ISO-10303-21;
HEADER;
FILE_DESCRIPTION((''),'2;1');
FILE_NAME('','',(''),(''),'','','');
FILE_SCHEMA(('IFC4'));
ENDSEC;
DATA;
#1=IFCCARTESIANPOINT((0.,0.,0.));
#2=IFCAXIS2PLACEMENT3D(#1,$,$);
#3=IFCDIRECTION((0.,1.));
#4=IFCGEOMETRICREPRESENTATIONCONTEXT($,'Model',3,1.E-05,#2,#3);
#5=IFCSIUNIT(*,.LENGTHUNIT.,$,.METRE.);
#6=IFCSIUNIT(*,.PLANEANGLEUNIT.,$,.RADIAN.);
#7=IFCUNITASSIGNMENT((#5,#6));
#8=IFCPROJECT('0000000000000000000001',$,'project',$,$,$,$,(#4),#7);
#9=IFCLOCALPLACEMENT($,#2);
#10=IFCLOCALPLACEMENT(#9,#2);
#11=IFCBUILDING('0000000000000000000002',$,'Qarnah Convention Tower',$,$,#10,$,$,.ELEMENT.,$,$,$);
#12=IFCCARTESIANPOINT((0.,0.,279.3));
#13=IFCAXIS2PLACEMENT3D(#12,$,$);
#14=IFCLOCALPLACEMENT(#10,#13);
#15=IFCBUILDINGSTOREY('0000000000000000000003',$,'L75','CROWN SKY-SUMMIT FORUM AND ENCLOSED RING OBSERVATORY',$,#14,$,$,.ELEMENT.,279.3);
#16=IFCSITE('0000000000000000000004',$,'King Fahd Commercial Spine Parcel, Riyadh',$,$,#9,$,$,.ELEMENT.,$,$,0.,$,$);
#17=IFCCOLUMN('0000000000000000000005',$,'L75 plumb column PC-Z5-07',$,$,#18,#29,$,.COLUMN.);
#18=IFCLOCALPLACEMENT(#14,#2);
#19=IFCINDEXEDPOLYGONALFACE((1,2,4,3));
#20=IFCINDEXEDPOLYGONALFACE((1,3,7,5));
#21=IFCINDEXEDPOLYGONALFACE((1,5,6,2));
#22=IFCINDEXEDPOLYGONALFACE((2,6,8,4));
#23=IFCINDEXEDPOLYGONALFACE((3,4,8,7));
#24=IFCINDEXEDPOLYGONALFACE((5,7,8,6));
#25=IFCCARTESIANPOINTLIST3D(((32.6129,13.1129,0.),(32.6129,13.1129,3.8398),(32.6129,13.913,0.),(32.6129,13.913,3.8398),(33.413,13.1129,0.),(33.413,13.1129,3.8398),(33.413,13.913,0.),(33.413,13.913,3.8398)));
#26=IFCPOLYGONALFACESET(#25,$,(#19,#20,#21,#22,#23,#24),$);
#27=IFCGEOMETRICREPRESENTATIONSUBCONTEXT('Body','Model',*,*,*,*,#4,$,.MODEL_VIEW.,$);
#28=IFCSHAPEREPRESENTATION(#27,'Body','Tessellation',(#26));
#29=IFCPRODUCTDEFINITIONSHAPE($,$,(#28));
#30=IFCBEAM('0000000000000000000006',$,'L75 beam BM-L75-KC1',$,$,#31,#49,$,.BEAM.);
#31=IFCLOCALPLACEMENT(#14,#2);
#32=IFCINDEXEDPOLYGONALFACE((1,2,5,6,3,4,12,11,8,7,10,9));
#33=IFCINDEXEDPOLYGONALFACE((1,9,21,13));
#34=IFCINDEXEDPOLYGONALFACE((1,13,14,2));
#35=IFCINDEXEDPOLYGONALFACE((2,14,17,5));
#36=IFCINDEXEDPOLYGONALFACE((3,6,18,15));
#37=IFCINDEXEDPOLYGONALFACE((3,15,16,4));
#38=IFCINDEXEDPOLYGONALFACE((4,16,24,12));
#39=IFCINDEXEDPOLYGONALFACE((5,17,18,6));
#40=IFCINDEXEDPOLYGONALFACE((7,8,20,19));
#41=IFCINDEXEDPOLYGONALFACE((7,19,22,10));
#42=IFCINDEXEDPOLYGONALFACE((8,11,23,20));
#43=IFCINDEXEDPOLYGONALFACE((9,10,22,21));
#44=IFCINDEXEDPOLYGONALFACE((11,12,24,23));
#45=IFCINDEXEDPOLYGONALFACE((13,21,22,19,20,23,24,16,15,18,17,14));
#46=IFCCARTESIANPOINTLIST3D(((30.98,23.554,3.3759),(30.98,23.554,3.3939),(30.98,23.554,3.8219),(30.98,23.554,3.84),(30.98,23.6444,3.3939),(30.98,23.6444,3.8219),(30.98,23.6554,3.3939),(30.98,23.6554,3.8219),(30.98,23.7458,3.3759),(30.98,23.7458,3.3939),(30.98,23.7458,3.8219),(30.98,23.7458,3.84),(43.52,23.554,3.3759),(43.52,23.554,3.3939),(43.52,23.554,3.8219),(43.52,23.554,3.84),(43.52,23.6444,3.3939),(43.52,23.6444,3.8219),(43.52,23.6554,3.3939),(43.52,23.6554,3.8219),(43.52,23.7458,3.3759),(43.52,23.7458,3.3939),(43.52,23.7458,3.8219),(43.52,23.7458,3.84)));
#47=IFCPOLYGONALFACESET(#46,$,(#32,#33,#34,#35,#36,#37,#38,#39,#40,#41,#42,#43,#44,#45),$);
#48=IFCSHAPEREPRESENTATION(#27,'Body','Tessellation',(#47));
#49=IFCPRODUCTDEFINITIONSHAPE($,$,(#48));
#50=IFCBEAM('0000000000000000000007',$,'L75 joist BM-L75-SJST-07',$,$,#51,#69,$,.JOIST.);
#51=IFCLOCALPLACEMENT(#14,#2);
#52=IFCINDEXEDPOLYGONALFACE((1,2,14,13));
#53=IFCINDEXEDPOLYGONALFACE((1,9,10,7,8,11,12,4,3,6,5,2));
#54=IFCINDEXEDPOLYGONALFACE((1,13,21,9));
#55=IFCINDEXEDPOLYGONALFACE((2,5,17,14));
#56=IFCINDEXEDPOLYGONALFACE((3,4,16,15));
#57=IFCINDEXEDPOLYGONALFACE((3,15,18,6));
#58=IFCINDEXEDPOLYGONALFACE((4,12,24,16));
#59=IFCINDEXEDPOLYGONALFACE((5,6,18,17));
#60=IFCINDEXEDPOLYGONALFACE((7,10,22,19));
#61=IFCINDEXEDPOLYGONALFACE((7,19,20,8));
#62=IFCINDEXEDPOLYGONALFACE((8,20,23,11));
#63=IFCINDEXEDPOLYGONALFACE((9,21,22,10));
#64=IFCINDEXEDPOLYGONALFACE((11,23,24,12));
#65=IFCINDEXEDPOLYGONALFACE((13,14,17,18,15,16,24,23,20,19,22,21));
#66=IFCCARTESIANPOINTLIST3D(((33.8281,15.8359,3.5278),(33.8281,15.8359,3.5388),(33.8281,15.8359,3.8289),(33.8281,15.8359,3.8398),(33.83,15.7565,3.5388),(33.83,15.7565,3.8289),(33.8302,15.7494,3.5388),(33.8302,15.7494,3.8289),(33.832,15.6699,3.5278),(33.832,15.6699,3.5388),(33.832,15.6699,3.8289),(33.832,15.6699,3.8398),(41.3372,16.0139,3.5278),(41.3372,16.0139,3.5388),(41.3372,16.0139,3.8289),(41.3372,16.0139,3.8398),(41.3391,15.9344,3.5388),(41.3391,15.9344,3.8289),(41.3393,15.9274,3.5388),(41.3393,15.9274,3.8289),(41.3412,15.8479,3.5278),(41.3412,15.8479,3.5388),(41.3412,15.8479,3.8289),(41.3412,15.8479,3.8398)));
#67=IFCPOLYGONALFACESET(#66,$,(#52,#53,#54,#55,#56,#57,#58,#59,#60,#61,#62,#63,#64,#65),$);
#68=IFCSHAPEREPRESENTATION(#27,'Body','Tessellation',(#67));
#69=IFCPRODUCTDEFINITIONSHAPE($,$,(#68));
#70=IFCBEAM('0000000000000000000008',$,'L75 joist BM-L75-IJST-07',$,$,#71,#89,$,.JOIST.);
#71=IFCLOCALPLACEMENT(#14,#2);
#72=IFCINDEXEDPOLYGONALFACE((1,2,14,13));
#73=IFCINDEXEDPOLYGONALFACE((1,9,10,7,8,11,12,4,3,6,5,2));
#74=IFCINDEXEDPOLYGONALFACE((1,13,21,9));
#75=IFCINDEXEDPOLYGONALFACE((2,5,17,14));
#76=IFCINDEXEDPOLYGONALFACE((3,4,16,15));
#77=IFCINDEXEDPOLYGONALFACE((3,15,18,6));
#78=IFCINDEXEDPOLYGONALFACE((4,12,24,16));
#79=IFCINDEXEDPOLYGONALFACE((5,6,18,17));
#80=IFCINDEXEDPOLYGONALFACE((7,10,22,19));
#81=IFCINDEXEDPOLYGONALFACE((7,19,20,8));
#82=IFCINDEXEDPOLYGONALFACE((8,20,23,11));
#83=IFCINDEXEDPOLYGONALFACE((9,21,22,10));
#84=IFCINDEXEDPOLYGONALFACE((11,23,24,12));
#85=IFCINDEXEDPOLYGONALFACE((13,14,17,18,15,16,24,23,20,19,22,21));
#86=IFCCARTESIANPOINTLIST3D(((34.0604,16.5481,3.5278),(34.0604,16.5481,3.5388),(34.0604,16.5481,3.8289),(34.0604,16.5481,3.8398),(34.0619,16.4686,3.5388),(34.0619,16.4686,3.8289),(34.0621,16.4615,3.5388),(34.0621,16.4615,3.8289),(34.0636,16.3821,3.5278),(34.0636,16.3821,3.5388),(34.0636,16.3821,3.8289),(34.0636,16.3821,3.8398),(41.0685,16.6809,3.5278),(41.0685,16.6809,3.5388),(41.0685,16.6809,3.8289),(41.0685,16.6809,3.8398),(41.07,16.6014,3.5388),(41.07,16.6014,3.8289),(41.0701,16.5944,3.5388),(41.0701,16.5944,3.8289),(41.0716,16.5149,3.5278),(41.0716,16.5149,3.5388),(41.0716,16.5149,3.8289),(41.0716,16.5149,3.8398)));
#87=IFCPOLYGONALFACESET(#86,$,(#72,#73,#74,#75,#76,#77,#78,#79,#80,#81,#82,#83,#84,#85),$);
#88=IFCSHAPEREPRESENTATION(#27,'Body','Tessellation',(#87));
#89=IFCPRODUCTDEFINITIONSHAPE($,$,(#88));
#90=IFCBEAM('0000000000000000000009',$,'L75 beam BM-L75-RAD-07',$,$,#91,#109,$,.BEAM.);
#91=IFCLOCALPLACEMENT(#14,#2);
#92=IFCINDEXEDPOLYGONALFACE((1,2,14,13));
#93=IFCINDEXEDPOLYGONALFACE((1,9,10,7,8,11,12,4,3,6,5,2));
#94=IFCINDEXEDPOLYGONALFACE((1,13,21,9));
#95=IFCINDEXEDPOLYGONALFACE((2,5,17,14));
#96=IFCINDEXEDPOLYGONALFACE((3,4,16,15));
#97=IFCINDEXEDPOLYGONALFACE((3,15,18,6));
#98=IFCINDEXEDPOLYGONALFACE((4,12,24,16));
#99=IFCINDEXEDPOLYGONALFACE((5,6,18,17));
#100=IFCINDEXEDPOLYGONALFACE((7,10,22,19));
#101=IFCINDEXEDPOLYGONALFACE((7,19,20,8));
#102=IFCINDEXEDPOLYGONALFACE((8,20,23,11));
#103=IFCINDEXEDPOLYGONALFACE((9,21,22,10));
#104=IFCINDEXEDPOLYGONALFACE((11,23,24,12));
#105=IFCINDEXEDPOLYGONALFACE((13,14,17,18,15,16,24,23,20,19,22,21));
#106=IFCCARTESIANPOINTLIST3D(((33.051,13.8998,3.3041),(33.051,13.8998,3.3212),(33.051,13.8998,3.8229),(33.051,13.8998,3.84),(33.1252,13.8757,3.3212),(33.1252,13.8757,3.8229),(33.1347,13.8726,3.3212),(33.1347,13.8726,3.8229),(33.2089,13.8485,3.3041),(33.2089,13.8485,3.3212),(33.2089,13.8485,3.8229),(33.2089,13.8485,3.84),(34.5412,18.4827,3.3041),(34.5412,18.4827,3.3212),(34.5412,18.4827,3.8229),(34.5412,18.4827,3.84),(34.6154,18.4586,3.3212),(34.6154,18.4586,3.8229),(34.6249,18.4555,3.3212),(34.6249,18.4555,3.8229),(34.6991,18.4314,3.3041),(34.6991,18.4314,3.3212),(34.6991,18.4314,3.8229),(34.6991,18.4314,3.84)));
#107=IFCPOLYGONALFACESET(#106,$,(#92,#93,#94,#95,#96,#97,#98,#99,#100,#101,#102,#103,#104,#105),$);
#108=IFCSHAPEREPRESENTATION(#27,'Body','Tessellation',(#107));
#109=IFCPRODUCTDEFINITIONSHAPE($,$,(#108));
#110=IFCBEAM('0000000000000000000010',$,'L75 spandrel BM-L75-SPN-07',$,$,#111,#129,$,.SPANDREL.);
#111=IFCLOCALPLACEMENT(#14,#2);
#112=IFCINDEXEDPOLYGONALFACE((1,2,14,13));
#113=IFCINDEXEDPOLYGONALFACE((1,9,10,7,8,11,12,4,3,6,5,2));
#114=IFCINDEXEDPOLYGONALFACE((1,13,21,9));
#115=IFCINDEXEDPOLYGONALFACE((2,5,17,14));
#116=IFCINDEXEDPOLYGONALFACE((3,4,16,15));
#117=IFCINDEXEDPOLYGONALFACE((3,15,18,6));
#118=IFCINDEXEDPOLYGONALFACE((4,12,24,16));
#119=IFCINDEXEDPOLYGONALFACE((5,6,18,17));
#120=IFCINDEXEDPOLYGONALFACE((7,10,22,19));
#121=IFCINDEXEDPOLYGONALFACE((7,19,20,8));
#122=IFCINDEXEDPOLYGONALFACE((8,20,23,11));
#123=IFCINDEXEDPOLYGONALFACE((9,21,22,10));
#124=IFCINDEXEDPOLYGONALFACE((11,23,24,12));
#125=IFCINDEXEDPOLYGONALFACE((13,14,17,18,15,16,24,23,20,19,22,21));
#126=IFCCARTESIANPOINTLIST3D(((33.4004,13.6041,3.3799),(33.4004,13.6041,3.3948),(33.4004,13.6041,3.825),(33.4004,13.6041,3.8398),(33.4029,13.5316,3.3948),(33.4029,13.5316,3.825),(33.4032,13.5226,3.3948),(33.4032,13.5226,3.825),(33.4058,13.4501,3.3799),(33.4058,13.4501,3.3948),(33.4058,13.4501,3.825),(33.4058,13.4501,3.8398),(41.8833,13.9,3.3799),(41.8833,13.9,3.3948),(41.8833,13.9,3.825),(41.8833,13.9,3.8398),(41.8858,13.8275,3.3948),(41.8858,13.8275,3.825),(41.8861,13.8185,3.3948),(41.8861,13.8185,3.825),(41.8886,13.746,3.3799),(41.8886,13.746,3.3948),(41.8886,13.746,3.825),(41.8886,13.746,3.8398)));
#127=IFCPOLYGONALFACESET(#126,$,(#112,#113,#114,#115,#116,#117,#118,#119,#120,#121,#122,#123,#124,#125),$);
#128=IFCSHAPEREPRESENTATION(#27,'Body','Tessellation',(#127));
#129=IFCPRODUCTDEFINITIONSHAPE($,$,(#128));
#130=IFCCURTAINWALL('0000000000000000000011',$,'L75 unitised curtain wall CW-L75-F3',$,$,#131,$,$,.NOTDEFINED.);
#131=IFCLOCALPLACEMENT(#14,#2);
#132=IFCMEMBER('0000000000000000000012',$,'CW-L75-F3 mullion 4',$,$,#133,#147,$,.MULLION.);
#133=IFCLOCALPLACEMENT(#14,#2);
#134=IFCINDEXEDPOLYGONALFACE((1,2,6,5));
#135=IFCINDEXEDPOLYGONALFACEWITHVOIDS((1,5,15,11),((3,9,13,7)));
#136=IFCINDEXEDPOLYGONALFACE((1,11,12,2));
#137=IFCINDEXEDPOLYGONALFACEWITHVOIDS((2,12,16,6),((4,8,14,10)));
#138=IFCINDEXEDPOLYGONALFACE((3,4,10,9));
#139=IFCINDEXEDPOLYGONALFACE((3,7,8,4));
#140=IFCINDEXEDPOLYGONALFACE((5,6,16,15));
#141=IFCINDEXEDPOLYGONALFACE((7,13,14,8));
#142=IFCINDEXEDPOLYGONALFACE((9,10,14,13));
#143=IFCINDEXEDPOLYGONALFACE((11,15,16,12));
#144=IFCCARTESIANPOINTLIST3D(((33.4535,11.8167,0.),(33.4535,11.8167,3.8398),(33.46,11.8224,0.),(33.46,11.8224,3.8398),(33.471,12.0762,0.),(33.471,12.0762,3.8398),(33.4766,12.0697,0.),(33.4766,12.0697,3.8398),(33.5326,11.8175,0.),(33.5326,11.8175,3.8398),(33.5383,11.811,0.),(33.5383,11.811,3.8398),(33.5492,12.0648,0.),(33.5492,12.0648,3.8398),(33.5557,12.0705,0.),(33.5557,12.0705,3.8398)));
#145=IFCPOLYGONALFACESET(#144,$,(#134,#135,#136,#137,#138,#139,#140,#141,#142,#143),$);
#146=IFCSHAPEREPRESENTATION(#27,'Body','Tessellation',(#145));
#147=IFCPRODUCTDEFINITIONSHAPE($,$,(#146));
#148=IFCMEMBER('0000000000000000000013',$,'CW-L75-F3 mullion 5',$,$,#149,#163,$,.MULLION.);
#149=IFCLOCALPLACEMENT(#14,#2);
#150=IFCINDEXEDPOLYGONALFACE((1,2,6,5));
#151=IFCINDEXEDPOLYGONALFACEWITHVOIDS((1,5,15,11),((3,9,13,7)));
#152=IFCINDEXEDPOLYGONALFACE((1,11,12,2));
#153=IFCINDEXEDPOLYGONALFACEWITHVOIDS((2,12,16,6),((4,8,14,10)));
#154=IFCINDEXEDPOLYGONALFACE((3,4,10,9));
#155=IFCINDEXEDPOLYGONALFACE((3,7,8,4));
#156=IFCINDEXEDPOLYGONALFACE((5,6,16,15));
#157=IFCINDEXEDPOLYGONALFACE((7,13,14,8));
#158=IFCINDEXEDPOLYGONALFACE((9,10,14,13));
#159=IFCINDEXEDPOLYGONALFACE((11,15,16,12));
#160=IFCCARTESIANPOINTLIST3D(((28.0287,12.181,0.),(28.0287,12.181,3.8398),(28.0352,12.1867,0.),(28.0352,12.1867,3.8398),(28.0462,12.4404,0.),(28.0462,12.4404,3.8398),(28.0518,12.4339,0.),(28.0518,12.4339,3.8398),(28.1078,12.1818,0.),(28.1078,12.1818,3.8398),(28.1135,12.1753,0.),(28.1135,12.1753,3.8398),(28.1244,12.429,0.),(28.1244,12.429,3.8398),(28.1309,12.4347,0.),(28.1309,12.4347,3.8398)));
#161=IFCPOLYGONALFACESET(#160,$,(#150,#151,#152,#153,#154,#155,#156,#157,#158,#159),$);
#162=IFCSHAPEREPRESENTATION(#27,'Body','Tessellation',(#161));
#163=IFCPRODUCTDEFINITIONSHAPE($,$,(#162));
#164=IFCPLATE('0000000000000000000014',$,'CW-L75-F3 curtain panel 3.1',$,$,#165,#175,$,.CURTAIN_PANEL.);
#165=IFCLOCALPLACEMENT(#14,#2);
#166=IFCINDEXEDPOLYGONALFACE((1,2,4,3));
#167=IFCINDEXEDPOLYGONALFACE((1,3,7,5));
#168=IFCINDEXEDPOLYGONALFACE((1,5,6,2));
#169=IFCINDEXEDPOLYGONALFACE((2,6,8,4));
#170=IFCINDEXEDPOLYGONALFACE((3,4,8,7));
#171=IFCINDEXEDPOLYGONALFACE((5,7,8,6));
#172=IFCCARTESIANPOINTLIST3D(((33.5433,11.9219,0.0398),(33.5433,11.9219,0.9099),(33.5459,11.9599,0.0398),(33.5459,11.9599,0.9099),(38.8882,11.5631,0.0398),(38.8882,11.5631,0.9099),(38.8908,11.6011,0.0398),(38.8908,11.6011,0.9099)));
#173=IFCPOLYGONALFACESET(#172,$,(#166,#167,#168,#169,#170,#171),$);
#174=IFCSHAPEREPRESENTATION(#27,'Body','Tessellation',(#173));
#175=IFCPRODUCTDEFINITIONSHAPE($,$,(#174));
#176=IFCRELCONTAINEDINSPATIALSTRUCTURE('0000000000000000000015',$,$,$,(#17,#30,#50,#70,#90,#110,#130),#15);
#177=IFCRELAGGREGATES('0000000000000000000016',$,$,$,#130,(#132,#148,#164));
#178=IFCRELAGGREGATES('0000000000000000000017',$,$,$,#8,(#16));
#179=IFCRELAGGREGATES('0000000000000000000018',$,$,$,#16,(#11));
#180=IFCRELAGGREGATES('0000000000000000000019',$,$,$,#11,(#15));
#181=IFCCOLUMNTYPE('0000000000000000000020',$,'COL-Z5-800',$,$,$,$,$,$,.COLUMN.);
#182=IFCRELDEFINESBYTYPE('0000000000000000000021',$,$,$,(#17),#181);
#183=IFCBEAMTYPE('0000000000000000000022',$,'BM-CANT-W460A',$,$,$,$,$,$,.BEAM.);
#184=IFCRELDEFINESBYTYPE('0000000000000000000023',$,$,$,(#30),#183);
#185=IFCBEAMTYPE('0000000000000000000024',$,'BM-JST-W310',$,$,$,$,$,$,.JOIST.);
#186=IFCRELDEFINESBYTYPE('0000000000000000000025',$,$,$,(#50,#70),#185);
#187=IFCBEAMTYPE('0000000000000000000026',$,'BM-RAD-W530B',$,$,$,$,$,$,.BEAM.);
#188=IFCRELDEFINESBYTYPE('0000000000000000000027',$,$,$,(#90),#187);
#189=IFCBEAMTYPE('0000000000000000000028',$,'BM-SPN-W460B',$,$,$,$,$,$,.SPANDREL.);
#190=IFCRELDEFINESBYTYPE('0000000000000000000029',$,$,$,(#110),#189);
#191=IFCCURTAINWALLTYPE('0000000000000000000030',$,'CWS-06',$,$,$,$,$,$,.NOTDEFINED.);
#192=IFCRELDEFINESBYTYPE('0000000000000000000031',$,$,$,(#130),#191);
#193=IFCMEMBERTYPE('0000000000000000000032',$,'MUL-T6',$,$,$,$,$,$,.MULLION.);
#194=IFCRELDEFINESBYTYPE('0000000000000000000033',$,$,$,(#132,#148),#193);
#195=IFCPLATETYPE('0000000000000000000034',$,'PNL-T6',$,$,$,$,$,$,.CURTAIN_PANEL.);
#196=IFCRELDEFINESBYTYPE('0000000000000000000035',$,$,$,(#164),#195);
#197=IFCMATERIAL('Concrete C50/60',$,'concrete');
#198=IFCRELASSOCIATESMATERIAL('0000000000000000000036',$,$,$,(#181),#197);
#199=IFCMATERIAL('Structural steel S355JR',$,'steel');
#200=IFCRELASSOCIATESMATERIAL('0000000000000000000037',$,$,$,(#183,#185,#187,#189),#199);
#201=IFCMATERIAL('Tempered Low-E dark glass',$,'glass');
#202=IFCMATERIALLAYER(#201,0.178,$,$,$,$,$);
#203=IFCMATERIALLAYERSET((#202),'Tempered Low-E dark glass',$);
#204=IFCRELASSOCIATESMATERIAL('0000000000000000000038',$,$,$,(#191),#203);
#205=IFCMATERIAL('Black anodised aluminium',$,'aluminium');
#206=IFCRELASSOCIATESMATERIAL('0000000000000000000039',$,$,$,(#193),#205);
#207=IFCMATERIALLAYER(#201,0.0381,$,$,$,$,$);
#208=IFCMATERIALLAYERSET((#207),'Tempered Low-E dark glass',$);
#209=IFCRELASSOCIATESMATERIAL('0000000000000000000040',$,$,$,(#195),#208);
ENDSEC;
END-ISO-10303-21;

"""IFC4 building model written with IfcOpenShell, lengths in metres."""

from ifc_helpers import new_model, si_unit, direction, frame, origin, origin_2d, place, context, subcontext, project, spatial, rectangle, hollow_rectangle, i_section, extrude, material, layer, layer_set, material_profile, profile_set, type_object, element, aggregate, save


model = new_model("IFC4")

# Units and contexts
model_context = context("Model", 3, precision=1e-05, world=origin(), true_north=direction((0.0, 1.0)))
body_context = subcontext(model_context, "Body", "Model", "MODEL_VIEW")
ifc_project = project(units=[si_unit("LENGTHUNIT", "METRE"), si_unit("PLANEANGLEUNIT", "RADIAN")], contexts=[model_context])

# Site, building, storey
site_placement = place(None, origin())
site = spatial("IfcSite", under=ifc_project, at=site_placement, Name="King Fahd Commercial Spine Parcel, Riyadh", CompositionType="ELEMENT", RefElevation=0.0)
building_placement = place(site_placement, origin())
building = spatial("IfcBuilding", under=site, at=building_placement, Name="Qarnah Convention Tower", CompositionType="ELEMENT")
storey_placement = place(building_placement, frame((0.0, 0.0, 279.3)))
storey = spatial("IfcBuildingStorey", under=building, at=storey_placement, Name="L75", Description="CROWN SKY-SUMMIT FORUM AND ENCLOSED RING OBSERVATORY", CompositionType="ELEMENT", Elevation=279.3)

# Column
ifc_material_1 = material(Name="Concrete C50/60", Category="concrete")
ifc_material_profile_1 = material_profile(ifc_material_1, rectangle(XDim=0.8, YDim=0.8, at=origin_2d()), Name="RC-COL-800X800")
ifc_profile_set_1 = profile_set([ifc_material_profile_1], Name="Concrete C50/60")
column_type = type_object("IfcColumnType", Name="COL-Z5-800", PredefinedType="COLUMN", material=ifc_profile_set_1)
column_placement = place(storey_placement, frame((33.0129, 13.5129, 0.0), z_axis=(0.0, 0.0, 1.0), x_axis=(1.0, 0.0, 0.0)))
element("IfcColumn", 1, at=column_placement, inside=storey, type_object=column_type, Name="L75 plumb column PC-Z5-07", PredefinedType="COLUMN", context=body_context, shape_type="SweptSolid", body=[
    extrude(rectangle(XDim=0.8, YDim=0.8, at=origin_2d()), origin(), (0.0, 0.0, 1.0), 3.8398),
])

# Beams
ifc_material_2 = material(Name="Structural steel S355JR", Category="steel")
ifc_material_profile_2 = material_profile(ifc_material_2, i_section(OverallWidth=0.1919, OverallDepth=0.4641, WebThickness=0.011, FlangeThickness=0.0181, at=origin_2d()), Name="W460X89")
ifc_profile_set_2 = profile_set([ifc_material_profile_2], Name="Structural steel S355JR")
beam_type_1 = type_object("IfcBeamType", Name="BM-CANT-W460A", PredefinedType="BEAM", material=ifc_profile_set_2)
beam_1_placement = place(storey_placement, frame((30.98, 23.6499, 3.6079), z_axis=(1.0, 0.0, 0.0), x_axis=(0.0, 1.0, 0.0)))
element("IfcBeam", 2, at=beam_1_placement, inside=storey, type_object=beam_type_1, Name="L75 beam BM-L75-KC1", PredefinedType="BEAM", context=body_context, shape_type="SweptSolid", body=[
    extrude(i_section(OverallWidth=0.1919, OverallDepth=0.4641, WebThickness=0.011, FlangeThickness=0.0181, at=origin_2d()), origin(), (0.0, 0.0, 1.0), 12.54),
])
ifc_material_profile_3 = material_profile(ifc_material_2, i_section(OverallWidth=0.166, OverallDepth=0.312, WebThickness=0.0071, FlangeThickness=0.011, at=origin_2d()), Name="W310X45")
ifc_profile_set_3 = profile_set([ifc_material_profile_3], Name="Structural steel S355JR")
beam_type_2 = type_object("IfcBeamType", Name="BM-JST-W310", PredefinedType="JOIST", material=ifc_profile_set_3)
beam_2_placement = place(storey_placement, frame((33.8301, 15.7529, 3.6838), z_axis=(0.999719, 0.023695, 0.0), x_axis=(-0.023695, 0.999719, 0.0)))
element("IfcBeam", 3, at=beam_2_placement, inside=storey, type_object=beam_type_2, Name="L75 joist BM-L75-SJST-07", PredefinedType="JOIST", context=body_context, shape_type="SweptSolid", body=[
    extrude(i_section(OverallWidth=0.166, OverallDepth=0.312, WebThickness=0.0071, FlangeThickness=0.011, at=origin_2d()), origin(), (0.0, 0.0, 1.0), 7.5112),
])
beam_3_placement = place(storey_placement, frame((34.062, 16.4651, 3.6838), z_axis=(0.99982, 0.018948, 0.0), x_axis=(-0.018948, 0.99982, 0.0)))
element("IfcBeam", 4, at=beam_3_placement, inside=storey, type_object=beam_type_2, Name="L75 joist BM-L75-IJST-07", PredefinedType="JOIST", context=body_context, shape_type="SweptSolid", body=[
    extrude(i_section(OverallWidth=0.166, OverallDepth=0.312, WebThickness=0.0071, FlangeThickness=0.011, at=origin_2d()), origin(), (0.0, 0.0, 1.0), 7.0093),
])
ifc_material_profile_4 = material_profile(ifc_material_2, i_section(OverallWidth=0.166, OverallDepth=0.5359, WebThickness=0.01, FlangeThickness=0.0171, at=origin_2d()), Name="W530X85")
ifc_profile_set_4 = profile_set([ifc_material_profile_4], Name="Structural steel S355JR")
beam_type_3 = type_object("IfcBeamType", Name="BM-RAD-W530B", PredefinedType="BEAM", material=ifc_profile_set_4)
beam_4_placement = place(storey_placement, frame((34.6201, 18.457, 3.572), z_axis=(-0.309228, -0.950988, 0.0), x_axis=(0.950988, -0.309228, 0.0)))
element("IfcBeam", 5, at=beam_4_placement, inside=storey, type_object=beam_type_3, Name="L75 beam BM-L75-RAD-07", PredefinedType="BEAM", context=body_context, shape_type="SweptSolid", body=[
    extrude(i_section(OverallWidth=0.166, OverallDepth=0.5359, WebThickness=0.01, FlangeThickness=0.0171, at=origin_2d()), origin(), (0.0, 0.0, 1.0), 4.8191),
])
ifc_material_profile_5 = material_profile(ifc_material_2, i_section(OverallWidth=0.1541, OverallDepth=0.46, WebThickness=0.009, FlangeThickness=0.0149, at=origin_2d()), Name="W460X68")
ifc_profile_set_5 = profile_set([ifc_material_profile_5], Name="Structural steel S355JR")
beam_type_4 = type_object("IfcBeamType", Name="BM-SPN-W460B", PredefinedType="SPANDREL", material=ifc_profile_set_5)
beam_5_placement = place(storey_placement, frame((33.4031, 13.5271, 3.6099), z_axis=(0.999392, 0.034861, 0.0), x_axis=(-0.034861, 0.999392, 0.0)))
element("IfcBeam", 6, at=beam_5_placement, inside=storey, type_object=beam_type_4, Name="L75 spandrel BM-L75-SPN-07", PredefinedType="SPANDREL", context=body_context, shape_type="SweptSolid", body=[
    extrude(i_section(OverallWidth=0.1541, OverallDepth=0.46, WebThickness=0.009, FlangeThickness=0.0149, at=origin_2d()), origin(), (0.0, 0.0, 1.0), 8.488),
])

# Curtain wall, members, plate
ifc_material_3 = material(Name="Tempered Low-E dark glass", Category="glass")
ifc_layer_1 = layer(ifc_material_3, 0.178)
ifc_layer_set_1 = layer_set([ifc_layer_1], Name="Tempered Low-E dark glass")
curtain_wall_type = type_object("IfcCurtainWallType", Name="CWS-06", PredefinedType="NOTDEFINED", material=ifc_layer_set_1)
curtain_wall_placement = place(storey_placement, origin())
curtain_wall = element("IfcCurtainWall", 7, at=curtain_wall_placement, inside=storey, type_object=curtain_wall_type, Name="L75 unitised curtain wall CW-L75-F3", PredefinedType="NOTDEFINED")
ifc_material_4 = material(Name="Black anodised aluminium", Category="aluminium")
ifc_material_profile_6 = material_profile(ifc_material_4, hollow_rectangle(XDim=0.085, YDim=0.26, WallThickness=0.0061, at=origin_2d()), Name="MUL-85X260")
ifc_profile_set_6 = profile_set([ifc_material_profile_6], Name="Black anodised aluminium")
member_type = type_object("IfcMemberType", Name="MUL-T6", PredefinedType="MULLION", material=ifc_profile_set_6)
member_1_placement = place(storey_placement, frame((33.5046, 11.9436, 0.0), z_axis=(0.0, 0.0, 1.0), x_axis=(-0.997754, 0.066985, 0.0)))
member_1 = element("IfcMember", 8, at=member_1_placement, type_object=member_type, Name="CW-L75-F3 mullion 4", PredefinedType="MULLION", context=body_context, shape_type="SweptSolid", body=[
    extrude(hollow_rectangle(XDim=0.085, YDim=0.26, WallThickness=0.0061, at=origin_2d()), origin(), (0.0, 0.0, 1.0), 3.8398),
])
member_2_placement = place(storey_placement, frame((28.0798, 12.3079, 0.0), z_axis=(0.0, 0.0, 1.0), x_axis=(-0.997754, 0.066985, 0.0)))
member_2 = element("IfcMember", 9, at=member_2_placement, type_object=member_type, Name="CW-L75-F3 mullion 5", PredefinedType="MULLION", context=body_context, shape_type="SweptSolid", body=[
    extrude(hollow_rectangle(XDim=0.085, YDim=0.26, WallThickness=0.0061, at=origin_2d()), origin(), (0.0, 0.0, 1.0), 3.8398),
])
ifc_layer_2 = layer(ifc_material_3, 0.0381)
ifc_layer_set_2 = layer_set([ifc_layer_2], Name="Tempered Low-E dark glass")
plate_type = type_object("IfcPlateType", Name="PNL-T6", PredefinedType="CURTAIN_PANEL", material=ifc_layer_set_2)
plate_1_placement = place(storey_placement, frame((36.217, 11.7615, 0.0398), z_axis=(0.0, 0.0, 1.0), x_axis=(-0.997754, 0.066985, 0.0)))
plate_1 = element("IfcPlate", 10, at=plate_1_placement, type_object=plate_type, Name="CW-L75-F3 curtain panel 3.1", PredefinedType="CURTAIN_PANEL", context=body_context, shape_type="SweptSolid", body=[
    extrude(rectangle(XDim=5.3569, YDim=0.0381, at=origin_2d()), origin(), (0.0, 0.0, 1.0), 0.8701),
])
aggregate(curtain_wall, [member_1, member_2, plate_1])

save(model, "model.ifc")
